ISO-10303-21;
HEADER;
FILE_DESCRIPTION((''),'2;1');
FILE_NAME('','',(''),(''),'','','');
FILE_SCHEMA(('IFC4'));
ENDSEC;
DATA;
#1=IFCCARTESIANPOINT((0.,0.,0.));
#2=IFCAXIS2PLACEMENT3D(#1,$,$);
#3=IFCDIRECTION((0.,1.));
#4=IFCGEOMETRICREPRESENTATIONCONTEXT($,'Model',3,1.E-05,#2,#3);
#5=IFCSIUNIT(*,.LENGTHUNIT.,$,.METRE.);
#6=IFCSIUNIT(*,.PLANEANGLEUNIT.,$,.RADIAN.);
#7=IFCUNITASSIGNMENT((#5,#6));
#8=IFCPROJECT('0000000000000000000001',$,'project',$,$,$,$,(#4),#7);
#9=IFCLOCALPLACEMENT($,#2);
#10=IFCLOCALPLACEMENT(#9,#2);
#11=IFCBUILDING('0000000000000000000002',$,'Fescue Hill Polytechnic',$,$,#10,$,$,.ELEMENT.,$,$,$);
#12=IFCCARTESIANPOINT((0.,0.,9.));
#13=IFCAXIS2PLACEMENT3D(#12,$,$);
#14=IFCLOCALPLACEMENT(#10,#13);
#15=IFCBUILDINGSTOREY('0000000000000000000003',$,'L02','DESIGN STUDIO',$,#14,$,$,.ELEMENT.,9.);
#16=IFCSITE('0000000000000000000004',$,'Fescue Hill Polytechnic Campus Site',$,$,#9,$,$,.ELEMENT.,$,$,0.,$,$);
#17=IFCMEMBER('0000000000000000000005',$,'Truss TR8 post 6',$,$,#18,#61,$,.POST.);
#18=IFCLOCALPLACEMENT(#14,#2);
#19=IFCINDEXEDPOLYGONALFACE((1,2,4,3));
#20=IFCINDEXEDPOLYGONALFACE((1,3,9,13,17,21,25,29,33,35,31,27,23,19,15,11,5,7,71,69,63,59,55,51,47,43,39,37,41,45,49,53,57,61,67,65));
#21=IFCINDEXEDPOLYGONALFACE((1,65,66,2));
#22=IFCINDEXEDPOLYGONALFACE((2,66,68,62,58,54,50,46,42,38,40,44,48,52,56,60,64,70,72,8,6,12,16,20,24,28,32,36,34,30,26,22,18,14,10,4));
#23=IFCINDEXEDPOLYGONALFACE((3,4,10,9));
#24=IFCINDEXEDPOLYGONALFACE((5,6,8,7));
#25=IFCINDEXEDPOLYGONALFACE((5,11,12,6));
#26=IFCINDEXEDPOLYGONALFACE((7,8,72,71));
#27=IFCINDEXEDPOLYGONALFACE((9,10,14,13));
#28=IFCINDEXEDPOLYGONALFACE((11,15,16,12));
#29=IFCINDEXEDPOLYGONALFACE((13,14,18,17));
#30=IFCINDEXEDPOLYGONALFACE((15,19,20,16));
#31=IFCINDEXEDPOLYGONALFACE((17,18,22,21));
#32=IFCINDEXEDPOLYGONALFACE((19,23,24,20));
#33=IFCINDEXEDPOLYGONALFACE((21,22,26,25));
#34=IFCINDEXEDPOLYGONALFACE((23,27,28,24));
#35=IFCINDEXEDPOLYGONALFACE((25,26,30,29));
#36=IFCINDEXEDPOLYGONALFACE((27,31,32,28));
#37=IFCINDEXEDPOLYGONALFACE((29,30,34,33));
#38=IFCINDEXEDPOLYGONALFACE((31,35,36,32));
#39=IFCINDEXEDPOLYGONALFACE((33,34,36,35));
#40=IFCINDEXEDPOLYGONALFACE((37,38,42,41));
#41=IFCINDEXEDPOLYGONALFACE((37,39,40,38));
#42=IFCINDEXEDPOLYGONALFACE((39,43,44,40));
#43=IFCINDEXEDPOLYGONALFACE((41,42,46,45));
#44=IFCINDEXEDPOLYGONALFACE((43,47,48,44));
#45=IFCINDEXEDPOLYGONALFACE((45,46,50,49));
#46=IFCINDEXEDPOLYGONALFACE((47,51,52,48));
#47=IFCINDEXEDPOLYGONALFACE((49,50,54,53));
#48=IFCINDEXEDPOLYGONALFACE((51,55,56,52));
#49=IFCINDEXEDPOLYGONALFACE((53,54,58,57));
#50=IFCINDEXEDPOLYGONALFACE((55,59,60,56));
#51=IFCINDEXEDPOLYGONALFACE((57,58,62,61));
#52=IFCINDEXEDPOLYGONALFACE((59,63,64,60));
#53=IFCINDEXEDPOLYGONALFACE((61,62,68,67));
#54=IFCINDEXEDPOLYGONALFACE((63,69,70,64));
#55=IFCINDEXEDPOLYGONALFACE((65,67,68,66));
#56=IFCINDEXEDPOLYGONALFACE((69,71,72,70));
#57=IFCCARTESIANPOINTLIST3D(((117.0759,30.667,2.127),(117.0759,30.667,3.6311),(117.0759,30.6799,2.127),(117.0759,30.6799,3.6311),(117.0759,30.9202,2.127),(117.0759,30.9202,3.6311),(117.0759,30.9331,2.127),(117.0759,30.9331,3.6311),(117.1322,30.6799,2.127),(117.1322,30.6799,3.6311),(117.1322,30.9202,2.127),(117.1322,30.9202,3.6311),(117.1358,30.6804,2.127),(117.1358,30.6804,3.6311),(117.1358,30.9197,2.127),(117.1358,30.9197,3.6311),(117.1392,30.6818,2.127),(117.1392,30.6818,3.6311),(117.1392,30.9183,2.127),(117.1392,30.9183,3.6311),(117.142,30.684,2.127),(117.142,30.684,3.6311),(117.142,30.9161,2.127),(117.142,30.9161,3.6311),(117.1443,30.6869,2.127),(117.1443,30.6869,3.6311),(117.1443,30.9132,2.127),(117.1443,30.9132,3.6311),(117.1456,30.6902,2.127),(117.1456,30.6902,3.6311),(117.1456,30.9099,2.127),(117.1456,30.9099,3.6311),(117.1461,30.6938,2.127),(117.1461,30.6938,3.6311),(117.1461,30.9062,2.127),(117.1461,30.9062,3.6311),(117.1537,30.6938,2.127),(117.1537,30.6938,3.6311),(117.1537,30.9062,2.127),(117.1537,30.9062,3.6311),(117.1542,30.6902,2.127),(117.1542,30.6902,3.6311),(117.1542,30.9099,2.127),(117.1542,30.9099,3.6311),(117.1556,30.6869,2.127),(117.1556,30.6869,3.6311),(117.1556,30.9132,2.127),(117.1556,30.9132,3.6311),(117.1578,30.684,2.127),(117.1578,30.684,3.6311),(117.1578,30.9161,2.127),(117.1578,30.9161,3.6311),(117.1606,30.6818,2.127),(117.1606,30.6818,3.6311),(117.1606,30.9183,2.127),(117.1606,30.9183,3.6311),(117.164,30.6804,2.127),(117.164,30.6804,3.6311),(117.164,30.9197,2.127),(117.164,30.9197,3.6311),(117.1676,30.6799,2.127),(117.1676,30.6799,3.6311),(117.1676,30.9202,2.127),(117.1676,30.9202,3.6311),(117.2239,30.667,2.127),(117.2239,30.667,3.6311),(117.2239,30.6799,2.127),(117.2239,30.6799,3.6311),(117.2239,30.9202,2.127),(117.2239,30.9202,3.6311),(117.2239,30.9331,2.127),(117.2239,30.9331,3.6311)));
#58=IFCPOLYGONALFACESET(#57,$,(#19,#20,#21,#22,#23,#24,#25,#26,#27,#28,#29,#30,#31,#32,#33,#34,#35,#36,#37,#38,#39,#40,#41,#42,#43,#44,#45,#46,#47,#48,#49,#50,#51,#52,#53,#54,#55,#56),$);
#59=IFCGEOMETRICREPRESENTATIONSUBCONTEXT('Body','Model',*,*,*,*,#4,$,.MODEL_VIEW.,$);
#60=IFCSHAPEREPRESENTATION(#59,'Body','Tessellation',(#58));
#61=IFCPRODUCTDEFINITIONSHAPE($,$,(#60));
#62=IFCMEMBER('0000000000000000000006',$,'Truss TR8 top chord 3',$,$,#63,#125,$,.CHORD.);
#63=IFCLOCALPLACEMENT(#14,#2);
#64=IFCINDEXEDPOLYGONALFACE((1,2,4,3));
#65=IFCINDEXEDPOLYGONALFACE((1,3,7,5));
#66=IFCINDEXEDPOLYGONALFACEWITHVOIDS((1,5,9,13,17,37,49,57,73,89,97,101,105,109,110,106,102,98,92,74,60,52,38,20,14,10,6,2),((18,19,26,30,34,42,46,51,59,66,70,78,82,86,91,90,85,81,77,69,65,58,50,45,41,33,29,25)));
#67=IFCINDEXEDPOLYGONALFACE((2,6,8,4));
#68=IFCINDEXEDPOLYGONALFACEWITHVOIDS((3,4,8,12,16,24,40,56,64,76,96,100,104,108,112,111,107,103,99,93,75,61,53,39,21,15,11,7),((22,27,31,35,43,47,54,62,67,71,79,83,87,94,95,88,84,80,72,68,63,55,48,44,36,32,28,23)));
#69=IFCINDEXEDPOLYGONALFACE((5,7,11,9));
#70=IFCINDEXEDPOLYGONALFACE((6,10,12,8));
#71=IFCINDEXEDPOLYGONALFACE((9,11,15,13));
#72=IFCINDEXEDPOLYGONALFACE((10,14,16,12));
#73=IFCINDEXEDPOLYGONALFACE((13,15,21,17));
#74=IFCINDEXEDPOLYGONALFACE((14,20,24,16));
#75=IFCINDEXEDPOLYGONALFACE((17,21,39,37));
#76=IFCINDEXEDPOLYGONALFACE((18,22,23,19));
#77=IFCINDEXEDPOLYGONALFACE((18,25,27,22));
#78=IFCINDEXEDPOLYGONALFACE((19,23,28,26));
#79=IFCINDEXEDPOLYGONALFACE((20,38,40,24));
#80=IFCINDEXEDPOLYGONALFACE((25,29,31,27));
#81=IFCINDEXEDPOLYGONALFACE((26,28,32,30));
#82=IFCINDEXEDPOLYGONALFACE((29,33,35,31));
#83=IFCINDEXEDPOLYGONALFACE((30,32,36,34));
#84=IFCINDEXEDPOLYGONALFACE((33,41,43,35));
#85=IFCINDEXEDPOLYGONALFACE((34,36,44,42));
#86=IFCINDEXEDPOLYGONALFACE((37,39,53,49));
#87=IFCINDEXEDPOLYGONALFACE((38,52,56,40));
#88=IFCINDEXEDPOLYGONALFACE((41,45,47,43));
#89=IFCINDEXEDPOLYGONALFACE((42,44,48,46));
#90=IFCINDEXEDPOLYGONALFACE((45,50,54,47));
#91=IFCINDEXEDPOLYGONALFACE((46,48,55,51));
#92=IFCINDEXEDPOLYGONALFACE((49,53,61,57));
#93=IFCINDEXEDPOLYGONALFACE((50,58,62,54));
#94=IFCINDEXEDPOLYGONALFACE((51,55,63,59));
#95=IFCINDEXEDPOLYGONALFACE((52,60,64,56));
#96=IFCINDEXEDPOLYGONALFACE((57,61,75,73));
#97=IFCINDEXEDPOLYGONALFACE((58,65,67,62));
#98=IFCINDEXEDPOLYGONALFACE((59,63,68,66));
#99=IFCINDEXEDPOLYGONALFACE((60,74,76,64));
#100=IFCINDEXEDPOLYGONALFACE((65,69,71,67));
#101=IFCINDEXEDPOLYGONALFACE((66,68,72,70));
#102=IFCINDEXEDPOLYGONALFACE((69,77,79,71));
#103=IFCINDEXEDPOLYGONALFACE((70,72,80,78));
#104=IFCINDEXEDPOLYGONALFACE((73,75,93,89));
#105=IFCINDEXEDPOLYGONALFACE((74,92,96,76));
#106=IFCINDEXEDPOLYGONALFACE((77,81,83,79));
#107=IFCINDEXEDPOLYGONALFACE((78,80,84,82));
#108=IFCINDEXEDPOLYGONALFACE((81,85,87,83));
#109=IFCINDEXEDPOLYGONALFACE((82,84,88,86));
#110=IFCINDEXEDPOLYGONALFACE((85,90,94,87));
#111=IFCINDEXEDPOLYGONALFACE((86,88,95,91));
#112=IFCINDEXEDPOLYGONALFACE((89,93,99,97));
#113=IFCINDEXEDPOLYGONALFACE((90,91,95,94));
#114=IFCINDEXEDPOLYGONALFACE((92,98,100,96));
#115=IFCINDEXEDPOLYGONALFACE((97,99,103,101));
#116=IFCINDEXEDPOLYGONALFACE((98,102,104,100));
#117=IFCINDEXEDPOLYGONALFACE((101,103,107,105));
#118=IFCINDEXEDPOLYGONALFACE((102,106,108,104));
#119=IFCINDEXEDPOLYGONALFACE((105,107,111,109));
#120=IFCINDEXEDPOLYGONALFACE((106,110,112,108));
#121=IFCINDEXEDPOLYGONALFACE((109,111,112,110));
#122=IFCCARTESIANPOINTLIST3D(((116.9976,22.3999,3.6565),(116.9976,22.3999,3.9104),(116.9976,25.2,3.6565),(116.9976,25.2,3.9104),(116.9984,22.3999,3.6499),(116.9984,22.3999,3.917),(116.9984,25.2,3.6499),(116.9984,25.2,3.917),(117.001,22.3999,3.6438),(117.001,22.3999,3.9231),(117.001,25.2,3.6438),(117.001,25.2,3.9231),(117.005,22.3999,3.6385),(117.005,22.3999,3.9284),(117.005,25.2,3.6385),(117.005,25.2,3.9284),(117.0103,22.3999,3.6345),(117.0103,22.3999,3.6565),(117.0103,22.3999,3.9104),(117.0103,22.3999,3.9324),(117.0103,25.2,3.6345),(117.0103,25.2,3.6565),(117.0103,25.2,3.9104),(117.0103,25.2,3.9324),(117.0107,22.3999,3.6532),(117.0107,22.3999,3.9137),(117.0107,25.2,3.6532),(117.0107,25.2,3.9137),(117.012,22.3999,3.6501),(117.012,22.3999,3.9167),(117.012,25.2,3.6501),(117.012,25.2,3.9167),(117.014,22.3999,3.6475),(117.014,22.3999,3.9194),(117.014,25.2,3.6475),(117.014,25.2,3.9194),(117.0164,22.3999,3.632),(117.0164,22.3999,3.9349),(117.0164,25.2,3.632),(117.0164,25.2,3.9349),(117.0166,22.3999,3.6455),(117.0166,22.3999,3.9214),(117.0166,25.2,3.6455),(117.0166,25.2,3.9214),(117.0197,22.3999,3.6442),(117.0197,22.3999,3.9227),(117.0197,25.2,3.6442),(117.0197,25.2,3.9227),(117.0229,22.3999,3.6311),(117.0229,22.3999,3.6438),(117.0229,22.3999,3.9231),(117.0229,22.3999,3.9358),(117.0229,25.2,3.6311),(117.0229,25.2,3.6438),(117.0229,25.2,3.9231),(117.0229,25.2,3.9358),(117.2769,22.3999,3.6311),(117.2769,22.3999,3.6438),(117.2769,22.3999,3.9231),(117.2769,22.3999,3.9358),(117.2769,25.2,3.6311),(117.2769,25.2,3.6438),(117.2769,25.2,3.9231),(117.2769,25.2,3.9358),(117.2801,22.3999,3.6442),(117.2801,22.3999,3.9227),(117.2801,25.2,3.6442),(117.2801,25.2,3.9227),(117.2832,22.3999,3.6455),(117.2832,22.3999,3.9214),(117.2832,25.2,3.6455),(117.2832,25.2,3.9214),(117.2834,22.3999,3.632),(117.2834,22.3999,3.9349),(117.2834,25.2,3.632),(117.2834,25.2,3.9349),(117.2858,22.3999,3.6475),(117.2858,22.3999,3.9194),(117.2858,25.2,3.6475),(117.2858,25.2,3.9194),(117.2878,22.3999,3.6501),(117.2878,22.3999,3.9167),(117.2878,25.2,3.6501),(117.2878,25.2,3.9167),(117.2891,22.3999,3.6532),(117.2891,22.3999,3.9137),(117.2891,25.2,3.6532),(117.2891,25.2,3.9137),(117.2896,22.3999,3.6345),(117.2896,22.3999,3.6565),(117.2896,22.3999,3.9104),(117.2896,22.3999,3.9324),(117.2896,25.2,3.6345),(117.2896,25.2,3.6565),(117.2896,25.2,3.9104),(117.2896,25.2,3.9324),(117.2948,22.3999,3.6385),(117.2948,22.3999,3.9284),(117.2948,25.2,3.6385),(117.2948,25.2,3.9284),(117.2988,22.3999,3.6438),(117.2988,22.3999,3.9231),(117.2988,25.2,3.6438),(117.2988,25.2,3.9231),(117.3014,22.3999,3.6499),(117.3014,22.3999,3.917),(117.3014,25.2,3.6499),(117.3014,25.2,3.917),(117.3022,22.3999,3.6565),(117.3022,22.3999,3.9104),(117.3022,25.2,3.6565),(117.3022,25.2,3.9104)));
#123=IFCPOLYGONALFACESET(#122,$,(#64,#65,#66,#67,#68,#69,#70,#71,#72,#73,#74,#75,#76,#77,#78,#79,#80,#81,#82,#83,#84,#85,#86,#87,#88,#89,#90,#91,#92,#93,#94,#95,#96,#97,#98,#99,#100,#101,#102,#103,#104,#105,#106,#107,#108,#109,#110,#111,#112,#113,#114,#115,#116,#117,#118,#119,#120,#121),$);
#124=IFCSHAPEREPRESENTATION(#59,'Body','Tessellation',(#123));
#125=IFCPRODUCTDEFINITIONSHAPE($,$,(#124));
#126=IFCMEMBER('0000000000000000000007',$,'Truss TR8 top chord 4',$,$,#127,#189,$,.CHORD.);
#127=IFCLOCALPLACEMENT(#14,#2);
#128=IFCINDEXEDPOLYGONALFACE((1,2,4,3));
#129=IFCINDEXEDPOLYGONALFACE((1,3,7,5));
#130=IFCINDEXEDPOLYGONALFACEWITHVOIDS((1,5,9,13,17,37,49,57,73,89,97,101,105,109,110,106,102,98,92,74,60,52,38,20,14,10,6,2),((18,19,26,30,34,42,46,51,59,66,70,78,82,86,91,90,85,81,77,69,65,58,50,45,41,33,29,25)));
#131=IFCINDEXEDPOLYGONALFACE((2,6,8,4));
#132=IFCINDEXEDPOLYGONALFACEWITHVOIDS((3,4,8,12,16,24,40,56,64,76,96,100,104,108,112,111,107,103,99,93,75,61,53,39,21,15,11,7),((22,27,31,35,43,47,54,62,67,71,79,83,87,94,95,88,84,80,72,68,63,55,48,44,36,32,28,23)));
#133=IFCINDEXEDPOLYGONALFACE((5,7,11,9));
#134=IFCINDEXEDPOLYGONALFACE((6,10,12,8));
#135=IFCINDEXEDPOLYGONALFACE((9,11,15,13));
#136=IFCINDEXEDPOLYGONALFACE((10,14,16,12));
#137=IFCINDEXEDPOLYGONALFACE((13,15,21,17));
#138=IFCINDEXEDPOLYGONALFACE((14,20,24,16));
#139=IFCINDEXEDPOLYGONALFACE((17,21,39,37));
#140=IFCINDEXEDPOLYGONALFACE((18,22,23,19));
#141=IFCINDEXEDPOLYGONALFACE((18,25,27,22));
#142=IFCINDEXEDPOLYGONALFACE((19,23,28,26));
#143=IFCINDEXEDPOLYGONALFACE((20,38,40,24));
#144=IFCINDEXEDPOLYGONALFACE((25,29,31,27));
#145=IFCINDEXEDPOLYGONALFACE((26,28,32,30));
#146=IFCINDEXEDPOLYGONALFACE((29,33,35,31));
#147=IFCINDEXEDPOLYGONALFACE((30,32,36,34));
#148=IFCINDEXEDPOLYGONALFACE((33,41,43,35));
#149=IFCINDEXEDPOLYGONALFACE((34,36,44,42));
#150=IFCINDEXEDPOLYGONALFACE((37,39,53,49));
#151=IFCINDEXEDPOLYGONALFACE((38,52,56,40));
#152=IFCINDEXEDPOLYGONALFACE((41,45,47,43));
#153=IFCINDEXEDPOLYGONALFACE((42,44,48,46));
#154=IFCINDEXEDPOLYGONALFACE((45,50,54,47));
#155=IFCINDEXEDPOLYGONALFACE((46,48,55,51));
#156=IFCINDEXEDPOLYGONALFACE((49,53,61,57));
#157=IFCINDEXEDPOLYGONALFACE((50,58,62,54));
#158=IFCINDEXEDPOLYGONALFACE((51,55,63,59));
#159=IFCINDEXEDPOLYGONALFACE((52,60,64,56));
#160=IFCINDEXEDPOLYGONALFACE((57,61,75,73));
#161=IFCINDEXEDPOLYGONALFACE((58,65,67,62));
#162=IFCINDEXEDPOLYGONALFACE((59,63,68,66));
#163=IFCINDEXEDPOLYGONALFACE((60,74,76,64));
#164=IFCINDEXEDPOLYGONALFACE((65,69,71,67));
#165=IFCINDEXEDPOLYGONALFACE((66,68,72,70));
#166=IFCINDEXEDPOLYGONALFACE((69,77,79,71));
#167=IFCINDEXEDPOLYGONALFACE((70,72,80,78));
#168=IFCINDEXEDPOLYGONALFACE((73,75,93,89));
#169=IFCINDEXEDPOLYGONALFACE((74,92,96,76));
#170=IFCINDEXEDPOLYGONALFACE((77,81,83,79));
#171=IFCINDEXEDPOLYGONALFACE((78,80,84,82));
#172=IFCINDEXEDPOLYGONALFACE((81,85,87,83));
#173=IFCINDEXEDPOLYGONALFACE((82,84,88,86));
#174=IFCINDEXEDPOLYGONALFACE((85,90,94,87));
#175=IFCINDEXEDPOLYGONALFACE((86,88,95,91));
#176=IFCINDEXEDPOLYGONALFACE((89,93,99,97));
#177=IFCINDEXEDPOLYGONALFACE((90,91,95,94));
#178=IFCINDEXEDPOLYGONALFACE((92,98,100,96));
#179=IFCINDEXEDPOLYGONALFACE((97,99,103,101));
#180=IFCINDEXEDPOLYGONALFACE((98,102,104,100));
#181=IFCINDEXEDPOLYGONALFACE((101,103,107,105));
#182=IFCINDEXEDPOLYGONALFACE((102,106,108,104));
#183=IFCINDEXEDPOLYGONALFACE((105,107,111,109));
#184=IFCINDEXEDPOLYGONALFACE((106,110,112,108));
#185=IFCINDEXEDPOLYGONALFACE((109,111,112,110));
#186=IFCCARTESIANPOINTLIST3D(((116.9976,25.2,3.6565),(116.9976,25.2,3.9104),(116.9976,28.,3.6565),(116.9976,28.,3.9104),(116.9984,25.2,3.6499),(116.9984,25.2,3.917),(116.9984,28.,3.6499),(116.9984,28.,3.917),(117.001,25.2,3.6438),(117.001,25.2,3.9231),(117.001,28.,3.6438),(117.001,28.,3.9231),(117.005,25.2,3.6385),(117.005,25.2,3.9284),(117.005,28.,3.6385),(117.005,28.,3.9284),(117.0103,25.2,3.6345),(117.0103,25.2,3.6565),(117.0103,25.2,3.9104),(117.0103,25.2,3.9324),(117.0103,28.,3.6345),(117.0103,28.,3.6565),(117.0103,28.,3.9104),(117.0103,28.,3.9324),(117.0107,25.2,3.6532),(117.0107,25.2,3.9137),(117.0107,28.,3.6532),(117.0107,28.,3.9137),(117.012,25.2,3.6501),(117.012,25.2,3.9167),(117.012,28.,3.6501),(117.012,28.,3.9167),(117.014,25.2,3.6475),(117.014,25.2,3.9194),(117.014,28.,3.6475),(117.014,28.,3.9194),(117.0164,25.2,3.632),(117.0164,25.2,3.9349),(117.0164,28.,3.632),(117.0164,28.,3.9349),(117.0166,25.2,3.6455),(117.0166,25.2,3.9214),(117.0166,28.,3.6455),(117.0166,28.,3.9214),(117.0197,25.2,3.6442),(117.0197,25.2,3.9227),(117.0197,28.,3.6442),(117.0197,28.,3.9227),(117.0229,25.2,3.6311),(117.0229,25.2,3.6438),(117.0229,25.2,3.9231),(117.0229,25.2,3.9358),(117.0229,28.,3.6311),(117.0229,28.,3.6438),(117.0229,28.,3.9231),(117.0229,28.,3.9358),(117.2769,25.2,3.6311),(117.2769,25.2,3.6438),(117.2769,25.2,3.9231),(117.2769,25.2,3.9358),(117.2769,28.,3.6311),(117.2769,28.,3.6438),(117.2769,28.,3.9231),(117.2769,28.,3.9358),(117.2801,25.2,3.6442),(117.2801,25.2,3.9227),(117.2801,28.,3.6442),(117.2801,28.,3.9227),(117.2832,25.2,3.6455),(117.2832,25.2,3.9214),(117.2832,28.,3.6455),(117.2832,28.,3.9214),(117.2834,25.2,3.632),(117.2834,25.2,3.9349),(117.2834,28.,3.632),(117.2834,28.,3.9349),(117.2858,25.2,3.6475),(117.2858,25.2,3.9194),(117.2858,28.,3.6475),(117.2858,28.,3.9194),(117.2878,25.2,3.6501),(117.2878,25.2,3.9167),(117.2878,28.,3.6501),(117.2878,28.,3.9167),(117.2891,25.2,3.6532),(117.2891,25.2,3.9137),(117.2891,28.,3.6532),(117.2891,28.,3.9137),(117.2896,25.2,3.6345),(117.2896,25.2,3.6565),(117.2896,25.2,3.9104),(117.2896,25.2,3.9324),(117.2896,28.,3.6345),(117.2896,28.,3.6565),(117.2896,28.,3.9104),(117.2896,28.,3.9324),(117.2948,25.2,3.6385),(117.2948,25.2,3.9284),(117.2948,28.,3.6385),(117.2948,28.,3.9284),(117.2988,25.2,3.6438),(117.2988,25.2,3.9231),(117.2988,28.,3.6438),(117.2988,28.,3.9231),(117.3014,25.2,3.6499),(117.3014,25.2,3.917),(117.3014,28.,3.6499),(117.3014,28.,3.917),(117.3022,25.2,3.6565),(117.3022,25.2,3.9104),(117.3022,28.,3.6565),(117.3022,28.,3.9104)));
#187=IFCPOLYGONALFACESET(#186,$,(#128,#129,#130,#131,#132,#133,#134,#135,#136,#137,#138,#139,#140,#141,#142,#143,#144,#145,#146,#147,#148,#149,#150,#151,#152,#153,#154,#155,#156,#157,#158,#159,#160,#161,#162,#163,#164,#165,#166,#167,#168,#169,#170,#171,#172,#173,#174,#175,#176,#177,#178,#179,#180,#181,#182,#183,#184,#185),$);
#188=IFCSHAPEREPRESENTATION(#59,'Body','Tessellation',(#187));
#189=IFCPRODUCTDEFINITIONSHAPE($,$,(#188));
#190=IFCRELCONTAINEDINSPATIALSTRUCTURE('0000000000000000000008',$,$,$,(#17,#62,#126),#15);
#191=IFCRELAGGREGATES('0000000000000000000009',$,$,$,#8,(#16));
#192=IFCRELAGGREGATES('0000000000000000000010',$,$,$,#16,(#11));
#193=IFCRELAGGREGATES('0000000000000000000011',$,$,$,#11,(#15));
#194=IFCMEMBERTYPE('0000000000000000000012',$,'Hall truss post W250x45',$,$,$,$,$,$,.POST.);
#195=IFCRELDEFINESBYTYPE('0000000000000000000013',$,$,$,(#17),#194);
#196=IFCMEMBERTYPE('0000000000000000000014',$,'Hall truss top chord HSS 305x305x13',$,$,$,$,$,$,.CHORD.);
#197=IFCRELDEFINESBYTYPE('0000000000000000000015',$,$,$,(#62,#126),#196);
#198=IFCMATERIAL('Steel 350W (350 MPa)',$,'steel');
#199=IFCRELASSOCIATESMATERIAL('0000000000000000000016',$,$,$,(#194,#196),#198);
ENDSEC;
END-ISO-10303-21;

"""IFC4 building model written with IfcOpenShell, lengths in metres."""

from ifc_helpers import new_model, si_unit, direction, frame, origin, origin_2d, place, context, subcontext, project, spatial, hollow_rectangle, i_section, extrude, material, material_profile, profile_set, type_object, element, save


model = new_model("IFC4")

# Units and contexts
model_context = context("Model", 3, precision=1e-05, world=origin(), true_north=direction((0.0, 1.0)))
body_context = subcontext(model_context, "Body", "Model", "MODEL_VIEW")
ifc_project = project(units=[si_unit("LENGTHUNIT", "METRE"), si_unit("PLANEANGLEUNIT", "RADIAN")], contexts=[model_context])

# Site, building, storey
site_placement = place(None, origin())
site = spatial("IfcSite", under=ifc_project, at=site_placement, Name="Fescue Hill Polytechnic Campus Site", CompositionType="ELEMENT", RefElevation=0.0)
building_placement = place(site_placement, origin())
building = spatial("IfcBuilding", under=site, at=building_placement, Name="Fescue Hill Polytechnic", CompositionType="ELEMENT")
storey_placement = place(building_placement, frame((0.0, 0.0, 9.0)))
storey = spatial("IfcBuildingStorey", under=building, at=storey_placement, Name="L02", Description="DESIGN STUDIO", CompositionType="ELEMENT", Elevation=9.0)

# Members
ifc_material_1 = material(Name="Steel 350W (350 MPa)", Category="steel")
ifc_material_profile_1 = material_profile(ifc_material_1, i_section(OverallWidth=0.1479, OverallDepth=0.2661, WebThickness=0.0076, FlangeThickness=0.0129, FilletRadius=0.0139, at=origin_2d()), Name="W250x45")
ifc_profile_set_1 = profile_set([ifc_material_profile_1], Name="Steel 350W (350 MPa)")
member_type_1 = type_object("IfcMemberType", Name="Hall truss post W250x45", PredefinedType="POST", material=ifc_profile_set_1)
for number, where, z_axis, x_axis, name in (
    (1, (117.1499, 30.8, 2.127), (0.0, 0.0, 1.0), (1.0, 0.0, 0.0), "Truss TR8 post 6"),
):
    element("IfcMember", number, at=place(storey_placement, frame(where, z_axis=z_axis, x_axis=x_axis)), inside=storey, type_object=member_type_1, Name=name, PredefinedType="POST", context=body_context, shape_type="SweptSolid", body=[
        extrude(i_section(OverallWidth=0.1479, OverallDepth=0.2661, WebThickness=0.0076, FlangeThickness=0.0129, FilletRadius=0.0139, at=origin_2d()), origin(), (0.0, 0.0, 1.0), 1.5042),
    ])
ifc_material_profile_2 = material_profile(ifc_material_1, hollow_rectangle(XDim=0.3047, YDim=0.3047, WallThickness=0.0127, InnerFilletRadius=0.0127, OuterFilletRadius=0.0254, at=origin_2d()), Name="Hall truss top chord HSS 305x305x13")
ifc_profile_set_2 = profile_set([ifc_material_profile_2], Name="Steel 350W (350 MPa)")
member_type_2 = type_object("IfcMemberType", Name="Hall truss top chord HSS 305x305x13", PredefinedType="CHORD", material=ifc_profile_set_2)
for number, where, z_axis, x_axis, name in (
    (2, (117.1499, 22.3999, 3.7834), (0.0, 1.0, 0.0), (-1.0, 0.0, 0.0), "Truss TR8 top chord 3"),
    (3, (117.1499, 25.2, 3.7834), (0.0, 1.0, 0.0), (-1.0, 0.0, 0.0), "Truss TR8 top chord 4"),
):
    element("IfcMember", number, at=place(storey_placement, frame(where, z_axis=z_axis, x_axis=x_axis)), inside=storey, type_object=member_type_2, Name=name, PredefinedType="CHORD", context=body_context, shape_type="SweptSolid", body=[
        extrude(hollow_rectangle(XDim=0.3047, YDim=0.3047, WallThickness=0.0127, InnerFilletRadius=0.0127, OuterFilletRadius=0.0254, at=origin_2d()), origin(), (0.0, 0.0, 1.0), 2.8),
    ])

save(model, "model.ifc")
